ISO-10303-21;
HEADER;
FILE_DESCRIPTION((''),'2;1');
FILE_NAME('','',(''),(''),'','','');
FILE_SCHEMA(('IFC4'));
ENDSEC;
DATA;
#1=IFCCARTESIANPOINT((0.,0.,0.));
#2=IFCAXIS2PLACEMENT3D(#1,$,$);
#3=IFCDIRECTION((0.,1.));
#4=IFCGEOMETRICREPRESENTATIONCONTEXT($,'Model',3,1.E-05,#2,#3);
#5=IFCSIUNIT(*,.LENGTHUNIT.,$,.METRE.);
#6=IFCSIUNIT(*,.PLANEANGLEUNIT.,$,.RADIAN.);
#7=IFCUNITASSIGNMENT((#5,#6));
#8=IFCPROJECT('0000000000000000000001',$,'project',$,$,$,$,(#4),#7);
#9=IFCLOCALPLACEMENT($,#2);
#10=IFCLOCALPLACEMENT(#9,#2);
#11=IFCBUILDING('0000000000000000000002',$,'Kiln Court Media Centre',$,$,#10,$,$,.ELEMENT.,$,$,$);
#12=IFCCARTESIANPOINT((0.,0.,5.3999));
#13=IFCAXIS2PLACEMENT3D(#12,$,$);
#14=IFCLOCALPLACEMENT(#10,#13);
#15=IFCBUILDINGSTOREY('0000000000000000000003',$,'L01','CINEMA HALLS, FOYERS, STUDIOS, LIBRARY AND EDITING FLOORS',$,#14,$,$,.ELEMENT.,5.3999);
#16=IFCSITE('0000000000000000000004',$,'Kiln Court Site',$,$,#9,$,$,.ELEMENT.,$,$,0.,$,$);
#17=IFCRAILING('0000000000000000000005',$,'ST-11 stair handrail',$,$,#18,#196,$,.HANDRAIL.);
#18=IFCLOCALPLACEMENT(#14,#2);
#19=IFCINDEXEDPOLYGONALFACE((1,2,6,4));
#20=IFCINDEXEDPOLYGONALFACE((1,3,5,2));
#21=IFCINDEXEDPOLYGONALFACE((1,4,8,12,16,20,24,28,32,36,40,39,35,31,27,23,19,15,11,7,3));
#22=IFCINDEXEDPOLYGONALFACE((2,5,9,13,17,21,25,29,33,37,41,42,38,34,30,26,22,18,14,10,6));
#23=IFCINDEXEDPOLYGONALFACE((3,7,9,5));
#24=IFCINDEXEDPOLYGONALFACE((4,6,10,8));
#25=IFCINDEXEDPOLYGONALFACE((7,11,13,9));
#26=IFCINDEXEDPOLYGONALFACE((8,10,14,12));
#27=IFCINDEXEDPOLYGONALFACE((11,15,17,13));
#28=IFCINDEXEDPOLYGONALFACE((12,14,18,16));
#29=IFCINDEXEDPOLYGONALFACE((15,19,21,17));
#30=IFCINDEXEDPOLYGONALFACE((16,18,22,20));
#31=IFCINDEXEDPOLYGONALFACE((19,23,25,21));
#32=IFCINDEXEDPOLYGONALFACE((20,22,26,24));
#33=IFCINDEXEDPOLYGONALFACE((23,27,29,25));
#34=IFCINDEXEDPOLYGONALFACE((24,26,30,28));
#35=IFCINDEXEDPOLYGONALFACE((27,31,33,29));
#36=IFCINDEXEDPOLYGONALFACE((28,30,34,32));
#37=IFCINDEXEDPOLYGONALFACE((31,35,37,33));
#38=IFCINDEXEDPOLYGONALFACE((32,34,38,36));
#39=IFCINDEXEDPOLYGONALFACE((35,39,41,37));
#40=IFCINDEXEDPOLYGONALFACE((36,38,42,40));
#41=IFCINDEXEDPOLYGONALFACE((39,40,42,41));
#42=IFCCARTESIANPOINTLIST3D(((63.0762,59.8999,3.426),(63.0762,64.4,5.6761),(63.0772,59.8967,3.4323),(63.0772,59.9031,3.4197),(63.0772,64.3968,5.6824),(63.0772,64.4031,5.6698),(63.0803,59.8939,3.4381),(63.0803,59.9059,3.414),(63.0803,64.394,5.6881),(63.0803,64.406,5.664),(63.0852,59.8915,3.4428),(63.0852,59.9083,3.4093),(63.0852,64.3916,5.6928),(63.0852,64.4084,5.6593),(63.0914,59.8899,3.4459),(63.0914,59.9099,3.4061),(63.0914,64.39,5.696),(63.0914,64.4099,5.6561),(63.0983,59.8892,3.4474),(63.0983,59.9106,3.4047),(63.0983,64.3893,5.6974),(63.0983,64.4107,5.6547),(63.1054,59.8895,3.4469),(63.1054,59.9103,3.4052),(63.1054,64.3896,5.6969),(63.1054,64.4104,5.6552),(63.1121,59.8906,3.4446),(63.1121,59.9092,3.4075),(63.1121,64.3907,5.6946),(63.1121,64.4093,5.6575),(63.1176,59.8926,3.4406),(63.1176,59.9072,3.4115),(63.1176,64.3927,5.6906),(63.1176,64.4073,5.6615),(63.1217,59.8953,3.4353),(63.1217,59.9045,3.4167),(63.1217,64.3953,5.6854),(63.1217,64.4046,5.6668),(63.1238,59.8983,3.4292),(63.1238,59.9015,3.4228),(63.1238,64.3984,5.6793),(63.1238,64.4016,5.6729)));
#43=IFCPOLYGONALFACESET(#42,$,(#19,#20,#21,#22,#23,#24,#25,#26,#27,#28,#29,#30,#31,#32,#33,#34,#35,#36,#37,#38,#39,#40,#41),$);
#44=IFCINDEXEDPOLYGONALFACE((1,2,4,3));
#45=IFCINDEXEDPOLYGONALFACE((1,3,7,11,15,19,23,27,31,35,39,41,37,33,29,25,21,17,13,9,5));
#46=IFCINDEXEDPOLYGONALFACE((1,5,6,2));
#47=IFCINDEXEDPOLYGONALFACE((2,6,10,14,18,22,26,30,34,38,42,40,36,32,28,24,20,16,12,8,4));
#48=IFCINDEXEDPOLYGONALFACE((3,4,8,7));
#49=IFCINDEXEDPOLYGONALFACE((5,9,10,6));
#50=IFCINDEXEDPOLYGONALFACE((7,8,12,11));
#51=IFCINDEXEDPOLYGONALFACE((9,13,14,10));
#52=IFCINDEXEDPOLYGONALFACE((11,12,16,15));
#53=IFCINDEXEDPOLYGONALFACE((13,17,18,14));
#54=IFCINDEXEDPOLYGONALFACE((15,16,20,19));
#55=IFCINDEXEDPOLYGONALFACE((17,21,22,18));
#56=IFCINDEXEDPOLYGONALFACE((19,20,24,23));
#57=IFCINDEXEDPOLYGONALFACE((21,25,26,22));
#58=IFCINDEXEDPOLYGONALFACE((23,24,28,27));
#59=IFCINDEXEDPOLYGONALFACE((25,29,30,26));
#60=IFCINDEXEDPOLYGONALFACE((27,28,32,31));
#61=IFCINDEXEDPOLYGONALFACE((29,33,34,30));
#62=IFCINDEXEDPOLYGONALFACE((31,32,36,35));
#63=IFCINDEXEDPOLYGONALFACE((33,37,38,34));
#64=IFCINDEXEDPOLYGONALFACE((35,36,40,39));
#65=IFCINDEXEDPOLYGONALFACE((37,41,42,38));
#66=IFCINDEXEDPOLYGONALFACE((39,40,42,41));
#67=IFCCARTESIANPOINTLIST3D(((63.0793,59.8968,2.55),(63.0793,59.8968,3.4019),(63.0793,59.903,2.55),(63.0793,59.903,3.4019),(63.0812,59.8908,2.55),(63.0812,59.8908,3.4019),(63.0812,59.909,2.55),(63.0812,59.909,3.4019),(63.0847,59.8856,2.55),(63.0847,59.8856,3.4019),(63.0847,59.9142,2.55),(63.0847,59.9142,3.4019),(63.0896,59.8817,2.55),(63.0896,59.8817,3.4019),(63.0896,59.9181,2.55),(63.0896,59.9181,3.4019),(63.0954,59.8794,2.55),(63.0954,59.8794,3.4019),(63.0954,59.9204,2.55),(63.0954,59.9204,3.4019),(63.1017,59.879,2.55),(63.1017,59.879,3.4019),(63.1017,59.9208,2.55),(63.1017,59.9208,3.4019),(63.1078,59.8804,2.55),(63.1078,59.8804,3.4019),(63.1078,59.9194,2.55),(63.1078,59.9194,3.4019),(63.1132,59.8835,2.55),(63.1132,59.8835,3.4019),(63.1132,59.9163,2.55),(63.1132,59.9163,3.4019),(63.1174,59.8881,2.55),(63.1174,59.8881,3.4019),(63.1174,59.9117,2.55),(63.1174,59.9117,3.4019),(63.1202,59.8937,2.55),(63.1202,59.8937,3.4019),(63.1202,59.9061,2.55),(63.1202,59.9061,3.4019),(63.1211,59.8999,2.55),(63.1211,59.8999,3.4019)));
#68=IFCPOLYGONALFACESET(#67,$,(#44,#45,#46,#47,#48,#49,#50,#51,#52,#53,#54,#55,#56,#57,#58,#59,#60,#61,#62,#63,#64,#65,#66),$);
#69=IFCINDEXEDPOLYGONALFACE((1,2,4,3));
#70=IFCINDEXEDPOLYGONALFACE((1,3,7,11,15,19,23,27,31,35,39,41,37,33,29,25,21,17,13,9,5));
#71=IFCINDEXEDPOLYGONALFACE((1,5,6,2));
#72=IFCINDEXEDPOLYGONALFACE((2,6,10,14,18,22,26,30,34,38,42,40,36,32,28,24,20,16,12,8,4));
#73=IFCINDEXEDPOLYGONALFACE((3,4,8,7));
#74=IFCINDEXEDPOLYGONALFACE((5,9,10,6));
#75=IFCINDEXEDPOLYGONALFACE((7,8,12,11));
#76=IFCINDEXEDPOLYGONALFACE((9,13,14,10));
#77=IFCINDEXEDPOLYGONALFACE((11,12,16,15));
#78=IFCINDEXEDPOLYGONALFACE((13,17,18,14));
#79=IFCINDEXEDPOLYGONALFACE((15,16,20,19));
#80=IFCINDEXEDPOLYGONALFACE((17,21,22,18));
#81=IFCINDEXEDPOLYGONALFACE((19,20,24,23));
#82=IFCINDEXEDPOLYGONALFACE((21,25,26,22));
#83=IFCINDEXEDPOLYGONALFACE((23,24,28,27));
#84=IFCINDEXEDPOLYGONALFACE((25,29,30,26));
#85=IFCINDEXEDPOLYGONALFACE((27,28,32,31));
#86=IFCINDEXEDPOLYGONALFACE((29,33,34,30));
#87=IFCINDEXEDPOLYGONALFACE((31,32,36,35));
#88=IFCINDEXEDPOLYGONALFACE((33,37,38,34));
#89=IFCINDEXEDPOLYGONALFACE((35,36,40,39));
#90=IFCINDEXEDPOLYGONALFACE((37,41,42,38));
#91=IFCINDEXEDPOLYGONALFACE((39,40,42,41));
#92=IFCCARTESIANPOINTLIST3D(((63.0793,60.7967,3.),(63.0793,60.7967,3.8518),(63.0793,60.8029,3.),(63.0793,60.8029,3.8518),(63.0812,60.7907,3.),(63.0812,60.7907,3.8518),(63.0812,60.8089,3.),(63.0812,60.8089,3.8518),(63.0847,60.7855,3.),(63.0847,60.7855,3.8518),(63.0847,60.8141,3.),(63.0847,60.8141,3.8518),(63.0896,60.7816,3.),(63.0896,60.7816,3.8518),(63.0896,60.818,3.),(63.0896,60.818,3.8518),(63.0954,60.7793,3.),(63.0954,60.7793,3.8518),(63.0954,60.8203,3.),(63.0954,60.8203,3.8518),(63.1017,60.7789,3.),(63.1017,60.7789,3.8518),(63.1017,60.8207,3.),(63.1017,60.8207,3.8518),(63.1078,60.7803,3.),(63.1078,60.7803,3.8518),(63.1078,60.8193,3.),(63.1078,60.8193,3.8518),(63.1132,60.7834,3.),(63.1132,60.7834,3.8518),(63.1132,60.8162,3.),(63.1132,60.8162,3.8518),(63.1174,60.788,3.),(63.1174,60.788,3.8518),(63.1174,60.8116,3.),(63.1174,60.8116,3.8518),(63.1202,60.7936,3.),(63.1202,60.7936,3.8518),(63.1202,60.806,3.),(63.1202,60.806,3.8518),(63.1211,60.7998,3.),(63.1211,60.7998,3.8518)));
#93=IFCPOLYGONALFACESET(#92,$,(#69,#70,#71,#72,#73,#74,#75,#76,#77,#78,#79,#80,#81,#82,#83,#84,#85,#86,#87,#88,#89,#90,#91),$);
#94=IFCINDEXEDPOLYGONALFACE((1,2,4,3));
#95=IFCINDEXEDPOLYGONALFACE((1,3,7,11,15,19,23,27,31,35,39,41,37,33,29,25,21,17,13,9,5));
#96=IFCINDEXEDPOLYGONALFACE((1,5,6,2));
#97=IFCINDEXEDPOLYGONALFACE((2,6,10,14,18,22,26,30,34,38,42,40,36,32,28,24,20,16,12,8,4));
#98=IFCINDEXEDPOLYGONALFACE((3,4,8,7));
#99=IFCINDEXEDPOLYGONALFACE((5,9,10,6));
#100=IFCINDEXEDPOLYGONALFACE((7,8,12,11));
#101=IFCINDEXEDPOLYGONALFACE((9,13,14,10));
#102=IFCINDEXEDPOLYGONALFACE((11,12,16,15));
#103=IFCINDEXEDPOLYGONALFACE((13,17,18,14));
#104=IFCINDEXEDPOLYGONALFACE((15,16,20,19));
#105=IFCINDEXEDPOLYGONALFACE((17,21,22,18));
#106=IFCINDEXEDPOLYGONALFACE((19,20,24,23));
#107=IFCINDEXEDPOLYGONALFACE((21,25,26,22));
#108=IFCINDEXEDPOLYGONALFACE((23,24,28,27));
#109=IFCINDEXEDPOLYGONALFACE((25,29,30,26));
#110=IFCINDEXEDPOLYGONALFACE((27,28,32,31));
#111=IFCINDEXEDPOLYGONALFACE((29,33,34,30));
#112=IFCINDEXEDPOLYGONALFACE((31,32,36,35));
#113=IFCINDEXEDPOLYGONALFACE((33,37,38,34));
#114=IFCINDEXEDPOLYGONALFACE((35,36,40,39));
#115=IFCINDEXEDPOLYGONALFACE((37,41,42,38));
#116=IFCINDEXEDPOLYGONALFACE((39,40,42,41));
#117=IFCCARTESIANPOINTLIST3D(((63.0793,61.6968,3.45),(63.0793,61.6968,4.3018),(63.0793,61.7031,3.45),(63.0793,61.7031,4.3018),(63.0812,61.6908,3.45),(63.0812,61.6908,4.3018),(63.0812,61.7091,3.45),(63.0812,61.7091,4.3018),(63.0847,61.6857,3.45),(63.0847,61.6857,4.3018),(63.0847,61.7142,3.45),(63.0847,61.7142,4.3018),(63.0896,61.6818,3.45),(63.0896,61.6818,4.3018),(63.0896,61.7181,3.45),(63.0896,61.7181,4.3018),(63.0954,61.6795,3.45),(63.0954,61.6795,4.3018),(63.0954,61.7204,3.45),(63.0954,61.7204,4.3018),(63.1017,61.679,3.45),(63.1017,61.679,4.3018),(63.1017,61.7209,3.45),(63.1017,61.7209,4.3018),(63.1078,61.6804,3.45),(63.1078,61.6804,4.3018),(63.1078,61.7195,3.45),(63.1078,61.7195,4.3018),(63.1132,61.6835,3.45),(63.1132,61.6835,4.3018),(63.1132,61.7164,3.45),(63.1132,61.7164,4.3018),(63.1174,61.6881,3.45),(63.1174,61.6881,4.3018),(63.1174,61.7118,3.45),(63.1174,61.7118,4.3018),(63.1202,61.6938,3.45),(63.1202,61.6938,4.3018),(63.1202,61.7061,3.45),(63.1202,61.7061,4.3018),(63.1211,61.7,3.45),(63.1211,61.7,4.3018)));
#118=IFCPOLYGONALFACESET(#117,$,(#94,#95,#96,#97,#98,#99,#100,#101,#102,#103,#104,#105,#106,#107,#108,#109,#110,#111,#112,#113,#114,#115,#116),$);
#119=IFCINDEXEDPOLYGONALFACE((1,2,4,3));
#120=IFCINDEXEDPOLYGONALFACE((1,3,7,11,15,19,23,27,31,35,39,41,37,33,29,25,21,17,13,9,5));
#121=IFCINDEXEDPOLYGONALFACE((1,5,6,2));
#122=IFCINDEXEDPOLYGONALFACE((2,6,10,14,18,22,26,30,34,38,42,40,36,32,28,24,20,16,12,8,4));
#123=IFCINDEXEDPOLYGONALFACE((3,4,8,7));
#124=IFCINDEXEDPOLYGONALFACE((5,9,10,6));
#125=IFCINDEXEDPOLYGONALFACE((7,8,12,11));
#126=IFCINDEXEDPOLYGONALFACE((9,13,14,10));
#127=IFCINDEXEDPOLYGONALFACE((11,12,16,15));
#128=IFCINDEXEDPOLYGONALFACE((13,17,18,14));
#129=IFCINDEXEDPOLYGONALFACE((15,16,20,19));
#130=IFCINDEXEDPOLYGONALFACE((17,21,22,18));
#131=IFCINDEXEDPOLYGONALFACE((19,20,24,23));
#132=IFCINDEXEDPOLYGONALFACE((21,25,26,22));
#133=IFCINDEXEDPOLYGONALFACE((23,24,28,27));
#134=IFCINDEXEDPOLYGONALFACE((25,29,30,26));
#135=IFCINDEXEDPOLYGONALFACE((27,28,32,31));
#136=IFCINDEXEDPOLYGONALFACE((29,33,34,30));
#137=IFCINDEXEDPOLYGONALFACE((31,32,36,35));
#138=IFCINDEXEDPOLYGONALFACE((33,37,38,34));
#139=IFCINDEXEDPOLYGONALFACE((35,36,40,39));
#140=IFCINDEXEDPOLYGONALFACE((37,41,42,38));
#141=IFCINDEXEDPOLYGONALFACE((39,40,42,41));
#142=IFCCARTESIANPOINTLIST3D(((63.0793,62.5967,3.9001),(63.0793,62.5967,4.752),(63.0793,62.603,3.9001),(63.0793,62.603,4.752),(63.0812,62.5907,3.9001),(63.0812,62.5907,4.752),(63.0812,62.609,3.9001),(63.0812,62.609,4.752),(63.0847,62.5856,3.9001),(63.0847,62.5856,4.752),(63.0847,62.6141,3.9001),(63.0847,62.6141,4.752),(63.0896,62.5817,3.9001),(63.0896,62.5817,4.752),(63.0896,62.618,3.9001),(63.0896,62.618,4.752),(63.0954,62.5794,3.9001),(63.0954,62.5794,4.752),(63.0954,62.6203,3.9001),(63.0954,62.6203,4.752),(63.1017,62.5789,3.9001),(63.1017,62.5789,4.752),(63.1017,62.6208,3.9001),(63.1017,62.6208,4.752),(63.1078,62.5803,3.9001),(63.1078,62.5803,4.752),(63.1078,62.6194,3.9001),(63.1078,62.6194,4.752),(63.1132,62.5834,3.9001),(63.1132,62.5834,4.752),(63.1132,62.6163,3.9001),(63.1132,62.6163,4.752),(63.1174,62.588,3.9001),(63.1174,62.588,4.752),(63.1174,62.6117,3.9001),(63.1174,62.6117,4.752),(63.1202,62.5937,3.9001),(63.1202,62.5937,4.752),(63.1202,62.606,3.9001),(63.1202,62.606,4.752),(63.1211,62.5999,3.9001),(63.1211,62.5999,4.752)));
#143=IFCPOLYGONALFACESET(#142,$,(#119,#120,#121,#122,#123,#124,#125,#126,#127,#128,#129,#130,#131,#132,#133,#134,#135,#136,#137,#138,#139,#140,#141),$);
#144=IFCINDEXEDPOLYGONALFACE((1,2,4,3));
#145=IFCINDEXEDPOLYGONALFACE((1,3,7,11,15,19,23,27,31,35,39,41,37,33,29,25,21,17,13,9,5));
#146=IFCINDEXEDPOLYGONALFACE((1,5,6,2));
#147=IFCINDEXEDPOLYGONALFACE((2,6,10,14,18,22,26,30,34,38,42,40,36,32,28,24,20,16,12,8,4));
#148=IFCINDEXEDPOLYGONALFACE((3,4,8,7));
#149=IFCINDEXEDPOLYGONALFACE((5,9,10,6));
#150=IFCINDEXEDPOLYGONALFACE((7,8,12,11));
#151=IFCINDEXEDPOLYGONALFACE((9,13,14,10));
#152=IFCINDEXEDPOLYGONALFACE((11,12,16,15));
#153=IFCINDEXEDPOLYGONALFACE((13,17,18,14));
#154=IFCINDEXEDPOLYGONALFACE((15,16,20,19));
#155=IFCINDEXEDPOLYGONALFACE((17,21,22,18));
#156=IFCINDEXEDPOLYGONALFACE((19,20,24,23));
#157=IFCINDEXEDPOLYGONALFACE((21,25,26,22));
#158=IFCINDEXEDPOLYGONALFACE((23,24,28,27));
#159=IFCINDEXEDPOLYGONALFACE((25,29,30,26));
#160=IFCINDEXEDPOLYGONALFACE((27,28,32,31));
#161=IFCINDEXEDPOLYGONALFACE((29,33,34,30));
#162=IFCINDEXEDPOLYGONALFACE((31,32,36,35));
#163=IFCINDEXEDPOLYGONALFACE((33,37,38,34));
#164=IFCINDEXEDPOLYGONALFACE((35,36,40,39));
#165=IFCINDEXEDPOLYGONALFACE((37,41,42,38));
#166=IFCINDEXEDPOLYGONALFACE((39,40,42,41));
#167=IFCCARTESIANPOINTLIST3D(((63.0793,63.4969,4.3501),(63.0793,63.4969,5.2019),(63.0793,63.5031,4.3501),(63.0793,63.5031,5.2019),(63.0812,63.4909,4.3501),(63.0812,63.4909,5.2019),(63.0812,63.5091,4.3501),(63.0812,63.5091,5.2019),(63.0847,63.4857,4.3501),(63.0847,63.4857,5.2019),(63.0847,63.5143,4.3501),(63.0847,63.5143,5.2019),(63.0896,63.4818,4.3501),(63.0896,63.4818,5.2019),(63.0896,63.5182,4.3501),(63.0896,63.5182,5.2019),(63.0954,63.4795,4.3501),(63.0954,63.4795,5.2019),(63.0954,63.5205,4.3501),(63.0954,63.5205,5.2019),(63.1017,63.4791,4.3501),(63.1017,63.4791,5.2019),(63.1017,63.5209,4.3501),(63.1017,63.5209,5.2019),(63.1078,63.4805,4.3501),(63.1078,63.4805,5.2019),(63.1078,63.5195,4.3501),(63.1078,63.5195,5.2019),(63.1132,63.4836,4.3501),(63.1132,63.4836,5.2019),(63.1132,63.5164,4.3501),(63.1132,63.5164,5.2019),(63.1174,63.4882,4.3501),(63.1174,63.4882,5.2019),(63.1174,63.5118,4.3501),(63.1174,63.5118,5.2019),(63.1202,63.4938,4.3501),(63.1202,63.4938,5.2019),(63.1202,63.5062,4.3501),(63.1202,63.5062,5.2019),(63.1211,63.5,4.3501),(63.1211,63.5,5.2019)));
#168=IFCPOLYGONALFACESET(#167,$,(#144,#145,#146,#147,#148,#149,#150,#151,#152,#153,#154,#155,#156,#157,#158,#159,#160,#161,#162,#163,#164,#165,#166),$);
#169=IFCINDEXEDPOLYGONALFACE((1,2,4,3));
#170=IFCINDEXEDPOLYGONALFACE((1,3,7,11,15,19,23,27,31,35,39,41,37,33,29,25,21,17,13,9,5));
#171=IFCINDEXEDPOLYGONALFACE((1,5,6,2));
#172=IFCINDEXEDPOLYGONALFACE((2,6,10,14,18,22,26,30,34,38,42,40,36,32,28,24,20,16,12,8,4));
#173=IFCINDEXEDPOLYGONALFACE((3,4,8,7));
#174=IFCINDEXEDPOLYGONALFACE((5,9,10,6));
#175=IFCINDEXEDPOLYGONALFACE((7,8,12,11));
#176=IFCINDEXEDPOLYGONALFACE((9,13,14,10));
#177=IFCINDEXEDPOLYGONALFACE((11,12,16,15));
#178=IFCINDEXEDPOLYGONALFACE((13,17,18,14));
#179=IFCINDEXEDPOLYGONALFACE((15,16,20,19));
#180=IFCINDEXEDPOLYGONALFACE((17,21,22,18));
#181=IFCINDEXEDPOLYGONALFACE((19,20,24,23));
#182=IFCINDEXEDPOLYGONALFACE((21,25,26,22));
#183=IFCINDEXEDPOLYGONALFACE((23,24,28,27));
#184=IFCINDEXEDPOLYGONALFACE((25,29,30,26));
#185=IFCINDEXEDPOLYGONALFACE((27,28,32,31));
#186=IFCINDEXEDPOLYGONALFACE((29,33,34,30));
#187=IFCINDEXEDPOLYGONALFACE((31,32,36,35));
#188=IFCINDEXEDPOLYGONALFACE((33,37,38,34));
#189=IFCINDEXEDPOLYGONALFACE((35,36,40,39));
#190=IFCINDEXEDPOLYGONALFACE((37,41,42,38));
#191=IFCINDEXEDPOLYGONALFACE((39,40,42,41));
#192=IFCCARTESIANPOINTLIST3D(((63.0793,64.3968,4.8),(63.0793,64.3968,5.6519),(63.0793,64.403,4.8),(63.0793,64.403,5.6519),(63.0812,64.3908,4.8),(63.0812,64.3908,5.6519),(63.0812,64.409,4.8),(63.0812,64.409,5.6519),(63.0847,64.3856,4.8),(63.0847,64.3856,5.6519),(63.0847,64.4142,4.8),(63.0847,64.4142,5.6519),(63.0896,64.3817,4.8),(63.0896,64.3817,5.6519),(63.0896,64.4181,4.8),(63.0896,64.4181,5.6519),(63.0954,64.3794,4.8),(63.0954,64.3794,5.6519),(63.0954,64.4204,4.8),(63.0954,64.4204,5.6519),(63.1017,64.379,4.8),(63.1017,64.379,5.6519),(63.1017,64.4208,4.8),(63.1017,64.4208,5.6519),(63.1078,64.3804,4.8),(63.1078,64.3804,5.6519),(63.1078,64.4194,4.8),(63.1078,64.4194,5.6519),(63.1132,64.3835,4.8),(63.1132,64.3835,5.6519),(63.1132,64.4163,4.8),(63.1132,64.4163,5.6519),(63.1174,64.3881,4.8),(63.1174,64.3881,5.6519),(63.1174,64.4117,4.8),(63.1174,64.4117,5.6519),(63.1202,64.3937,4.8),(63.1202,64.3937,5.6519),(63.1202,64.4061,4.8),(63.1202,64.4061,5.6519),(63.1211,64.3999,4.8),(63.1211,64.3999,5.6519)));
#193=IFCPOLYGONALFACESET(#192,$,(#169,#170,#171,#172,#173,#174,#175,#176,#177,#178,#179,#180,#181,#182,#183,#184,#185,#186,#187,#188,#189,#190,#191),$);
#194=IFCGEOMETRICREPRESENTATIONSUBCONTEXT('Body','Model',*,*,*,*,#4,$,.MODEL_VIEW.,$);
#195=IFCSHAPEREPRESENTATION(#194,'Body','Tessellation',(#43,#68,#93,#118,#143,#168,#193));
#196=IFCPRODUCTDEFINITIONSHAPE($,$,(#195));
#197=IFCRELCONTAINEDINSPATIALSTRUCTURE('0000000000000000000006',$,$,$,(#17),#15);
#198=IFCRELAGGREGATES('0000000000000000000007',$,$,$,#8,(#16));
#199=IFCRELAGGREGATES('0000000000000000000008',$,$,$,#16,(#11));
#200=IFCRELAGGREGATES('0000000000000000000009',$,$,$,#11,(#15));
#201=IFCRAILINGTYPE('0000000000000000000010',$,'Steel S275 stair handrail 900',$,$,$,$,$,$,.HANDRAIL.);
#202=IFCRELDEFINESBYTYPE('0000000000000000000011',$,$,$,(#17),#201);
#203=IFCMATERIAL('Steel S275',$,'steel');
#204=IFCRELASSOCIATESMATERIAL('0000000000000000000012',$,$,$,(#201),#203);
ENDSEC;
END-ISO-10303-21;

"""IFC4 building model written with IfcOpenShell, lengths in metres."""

from ifc_helpers import new_model, si_unit, direction, frame, origin, origin_2d, place, context, subcontext, project, spatial, circle, extrude, material, type_object, element, save


model = new_model("IFC4")

# Units and contexts
model_context = context("Model", 3, precision=1e-05, world=origin(), true_north=direction((0.0, 1.0)))
body_context = subcontext(model_context, "Body", "Model", "MODEL_VIEW")
ifc_project = project(units=[si_unit("LENGTHUNIT", "METRE"), si_unit("PLANEANGLEUNIT", "RADIAN")], contexts=[model_context])

# Site, building, storey
site_placement = place(None, origin())
site = spatial("IfcSite", under=ifc_project, at=site_placement, Name="Kiln Court Site", CompositionType="ELEMENT", RefElevation=0.0)
building_placement = place(site_placement, origin())
building = spatial("IfcBuilding", under=site, at=building_placement, Name="Kiln Court Media Centre", CompositionType="ELEMENT")
storey_placement = place(building_placement, frame((0.0, 0.0, 5.3999)))
storey = spatial("IfcBuildingStorey", under=building, at=storey_placement, Name="L01", Description="CINEMA HALLS, FOYERS, STUDIOS, LIBRARY AND EDITING FLOORS", CompositionType="ELEMENT", Elevation=5.3999)

# Railing
ifc_material_1 = material(Name="Steel S275", Category="steel")
railing_type_1 = type_object("IfcRailingType", Name="Steel S275 stair handrail 900", PredefinedType="HANDRAIL", material=ifc_material_1)
railing_placement = place(storey_placement, frame((63.1001, 59.8999, 2.55)))
element("IfcRailing", 1, at=railing_placement, inside=storey, type_object=railing_type_1, Name="ST-11 stair handrail", PredefinedType="HANDRAIL", context=body_context, shape_type="SweptSolid", body=[
    extrude(circle(Radius=0.0239, at=origin_2d()), frame((0.0, 0.0, 0.876), z_axis=(0.0, 0.894427, 0.447214), x_axis=(-1.0, 0.0, 0.0)), (0.0, 0.0, 1.0), 5.0312),
    extrude(circle(Radius=0.021, at=origin_2d()), origin(), (0.0, 0.0, 1.0), 0.8518),
    extrude(circle(Radius=0.021, at=origin_2d()), frame((0.0, 0.8999, 0.45)), (0.0, 0.0, 1.0), 0.8518),
    extrude(circle(Radius=0.021, at=origin_2d()), frame((0.0, 1.8, 0.8999)), (0.0, 0.0, 1.0), 0.8518),
    extrude(circle(Radius=0.021, at=origin_2d()), frame((0.0, 2.7, 1.3501)), (0.0, 0.0, 1.0), 0.8518),
    extrude(circle(Radius=0.021, at=origin_2d()), frame((0.0, 3.6001, 1.8)), (0.0, 0.0, 1.0), 0.8518),
    extrude(circle(Radius=0.021, at=origin_2d()), frame((0.0, 4.5, 2.25)), (0.0, 0.0, 1.0), 0.8518),
])

save(model, "model.ifc")
